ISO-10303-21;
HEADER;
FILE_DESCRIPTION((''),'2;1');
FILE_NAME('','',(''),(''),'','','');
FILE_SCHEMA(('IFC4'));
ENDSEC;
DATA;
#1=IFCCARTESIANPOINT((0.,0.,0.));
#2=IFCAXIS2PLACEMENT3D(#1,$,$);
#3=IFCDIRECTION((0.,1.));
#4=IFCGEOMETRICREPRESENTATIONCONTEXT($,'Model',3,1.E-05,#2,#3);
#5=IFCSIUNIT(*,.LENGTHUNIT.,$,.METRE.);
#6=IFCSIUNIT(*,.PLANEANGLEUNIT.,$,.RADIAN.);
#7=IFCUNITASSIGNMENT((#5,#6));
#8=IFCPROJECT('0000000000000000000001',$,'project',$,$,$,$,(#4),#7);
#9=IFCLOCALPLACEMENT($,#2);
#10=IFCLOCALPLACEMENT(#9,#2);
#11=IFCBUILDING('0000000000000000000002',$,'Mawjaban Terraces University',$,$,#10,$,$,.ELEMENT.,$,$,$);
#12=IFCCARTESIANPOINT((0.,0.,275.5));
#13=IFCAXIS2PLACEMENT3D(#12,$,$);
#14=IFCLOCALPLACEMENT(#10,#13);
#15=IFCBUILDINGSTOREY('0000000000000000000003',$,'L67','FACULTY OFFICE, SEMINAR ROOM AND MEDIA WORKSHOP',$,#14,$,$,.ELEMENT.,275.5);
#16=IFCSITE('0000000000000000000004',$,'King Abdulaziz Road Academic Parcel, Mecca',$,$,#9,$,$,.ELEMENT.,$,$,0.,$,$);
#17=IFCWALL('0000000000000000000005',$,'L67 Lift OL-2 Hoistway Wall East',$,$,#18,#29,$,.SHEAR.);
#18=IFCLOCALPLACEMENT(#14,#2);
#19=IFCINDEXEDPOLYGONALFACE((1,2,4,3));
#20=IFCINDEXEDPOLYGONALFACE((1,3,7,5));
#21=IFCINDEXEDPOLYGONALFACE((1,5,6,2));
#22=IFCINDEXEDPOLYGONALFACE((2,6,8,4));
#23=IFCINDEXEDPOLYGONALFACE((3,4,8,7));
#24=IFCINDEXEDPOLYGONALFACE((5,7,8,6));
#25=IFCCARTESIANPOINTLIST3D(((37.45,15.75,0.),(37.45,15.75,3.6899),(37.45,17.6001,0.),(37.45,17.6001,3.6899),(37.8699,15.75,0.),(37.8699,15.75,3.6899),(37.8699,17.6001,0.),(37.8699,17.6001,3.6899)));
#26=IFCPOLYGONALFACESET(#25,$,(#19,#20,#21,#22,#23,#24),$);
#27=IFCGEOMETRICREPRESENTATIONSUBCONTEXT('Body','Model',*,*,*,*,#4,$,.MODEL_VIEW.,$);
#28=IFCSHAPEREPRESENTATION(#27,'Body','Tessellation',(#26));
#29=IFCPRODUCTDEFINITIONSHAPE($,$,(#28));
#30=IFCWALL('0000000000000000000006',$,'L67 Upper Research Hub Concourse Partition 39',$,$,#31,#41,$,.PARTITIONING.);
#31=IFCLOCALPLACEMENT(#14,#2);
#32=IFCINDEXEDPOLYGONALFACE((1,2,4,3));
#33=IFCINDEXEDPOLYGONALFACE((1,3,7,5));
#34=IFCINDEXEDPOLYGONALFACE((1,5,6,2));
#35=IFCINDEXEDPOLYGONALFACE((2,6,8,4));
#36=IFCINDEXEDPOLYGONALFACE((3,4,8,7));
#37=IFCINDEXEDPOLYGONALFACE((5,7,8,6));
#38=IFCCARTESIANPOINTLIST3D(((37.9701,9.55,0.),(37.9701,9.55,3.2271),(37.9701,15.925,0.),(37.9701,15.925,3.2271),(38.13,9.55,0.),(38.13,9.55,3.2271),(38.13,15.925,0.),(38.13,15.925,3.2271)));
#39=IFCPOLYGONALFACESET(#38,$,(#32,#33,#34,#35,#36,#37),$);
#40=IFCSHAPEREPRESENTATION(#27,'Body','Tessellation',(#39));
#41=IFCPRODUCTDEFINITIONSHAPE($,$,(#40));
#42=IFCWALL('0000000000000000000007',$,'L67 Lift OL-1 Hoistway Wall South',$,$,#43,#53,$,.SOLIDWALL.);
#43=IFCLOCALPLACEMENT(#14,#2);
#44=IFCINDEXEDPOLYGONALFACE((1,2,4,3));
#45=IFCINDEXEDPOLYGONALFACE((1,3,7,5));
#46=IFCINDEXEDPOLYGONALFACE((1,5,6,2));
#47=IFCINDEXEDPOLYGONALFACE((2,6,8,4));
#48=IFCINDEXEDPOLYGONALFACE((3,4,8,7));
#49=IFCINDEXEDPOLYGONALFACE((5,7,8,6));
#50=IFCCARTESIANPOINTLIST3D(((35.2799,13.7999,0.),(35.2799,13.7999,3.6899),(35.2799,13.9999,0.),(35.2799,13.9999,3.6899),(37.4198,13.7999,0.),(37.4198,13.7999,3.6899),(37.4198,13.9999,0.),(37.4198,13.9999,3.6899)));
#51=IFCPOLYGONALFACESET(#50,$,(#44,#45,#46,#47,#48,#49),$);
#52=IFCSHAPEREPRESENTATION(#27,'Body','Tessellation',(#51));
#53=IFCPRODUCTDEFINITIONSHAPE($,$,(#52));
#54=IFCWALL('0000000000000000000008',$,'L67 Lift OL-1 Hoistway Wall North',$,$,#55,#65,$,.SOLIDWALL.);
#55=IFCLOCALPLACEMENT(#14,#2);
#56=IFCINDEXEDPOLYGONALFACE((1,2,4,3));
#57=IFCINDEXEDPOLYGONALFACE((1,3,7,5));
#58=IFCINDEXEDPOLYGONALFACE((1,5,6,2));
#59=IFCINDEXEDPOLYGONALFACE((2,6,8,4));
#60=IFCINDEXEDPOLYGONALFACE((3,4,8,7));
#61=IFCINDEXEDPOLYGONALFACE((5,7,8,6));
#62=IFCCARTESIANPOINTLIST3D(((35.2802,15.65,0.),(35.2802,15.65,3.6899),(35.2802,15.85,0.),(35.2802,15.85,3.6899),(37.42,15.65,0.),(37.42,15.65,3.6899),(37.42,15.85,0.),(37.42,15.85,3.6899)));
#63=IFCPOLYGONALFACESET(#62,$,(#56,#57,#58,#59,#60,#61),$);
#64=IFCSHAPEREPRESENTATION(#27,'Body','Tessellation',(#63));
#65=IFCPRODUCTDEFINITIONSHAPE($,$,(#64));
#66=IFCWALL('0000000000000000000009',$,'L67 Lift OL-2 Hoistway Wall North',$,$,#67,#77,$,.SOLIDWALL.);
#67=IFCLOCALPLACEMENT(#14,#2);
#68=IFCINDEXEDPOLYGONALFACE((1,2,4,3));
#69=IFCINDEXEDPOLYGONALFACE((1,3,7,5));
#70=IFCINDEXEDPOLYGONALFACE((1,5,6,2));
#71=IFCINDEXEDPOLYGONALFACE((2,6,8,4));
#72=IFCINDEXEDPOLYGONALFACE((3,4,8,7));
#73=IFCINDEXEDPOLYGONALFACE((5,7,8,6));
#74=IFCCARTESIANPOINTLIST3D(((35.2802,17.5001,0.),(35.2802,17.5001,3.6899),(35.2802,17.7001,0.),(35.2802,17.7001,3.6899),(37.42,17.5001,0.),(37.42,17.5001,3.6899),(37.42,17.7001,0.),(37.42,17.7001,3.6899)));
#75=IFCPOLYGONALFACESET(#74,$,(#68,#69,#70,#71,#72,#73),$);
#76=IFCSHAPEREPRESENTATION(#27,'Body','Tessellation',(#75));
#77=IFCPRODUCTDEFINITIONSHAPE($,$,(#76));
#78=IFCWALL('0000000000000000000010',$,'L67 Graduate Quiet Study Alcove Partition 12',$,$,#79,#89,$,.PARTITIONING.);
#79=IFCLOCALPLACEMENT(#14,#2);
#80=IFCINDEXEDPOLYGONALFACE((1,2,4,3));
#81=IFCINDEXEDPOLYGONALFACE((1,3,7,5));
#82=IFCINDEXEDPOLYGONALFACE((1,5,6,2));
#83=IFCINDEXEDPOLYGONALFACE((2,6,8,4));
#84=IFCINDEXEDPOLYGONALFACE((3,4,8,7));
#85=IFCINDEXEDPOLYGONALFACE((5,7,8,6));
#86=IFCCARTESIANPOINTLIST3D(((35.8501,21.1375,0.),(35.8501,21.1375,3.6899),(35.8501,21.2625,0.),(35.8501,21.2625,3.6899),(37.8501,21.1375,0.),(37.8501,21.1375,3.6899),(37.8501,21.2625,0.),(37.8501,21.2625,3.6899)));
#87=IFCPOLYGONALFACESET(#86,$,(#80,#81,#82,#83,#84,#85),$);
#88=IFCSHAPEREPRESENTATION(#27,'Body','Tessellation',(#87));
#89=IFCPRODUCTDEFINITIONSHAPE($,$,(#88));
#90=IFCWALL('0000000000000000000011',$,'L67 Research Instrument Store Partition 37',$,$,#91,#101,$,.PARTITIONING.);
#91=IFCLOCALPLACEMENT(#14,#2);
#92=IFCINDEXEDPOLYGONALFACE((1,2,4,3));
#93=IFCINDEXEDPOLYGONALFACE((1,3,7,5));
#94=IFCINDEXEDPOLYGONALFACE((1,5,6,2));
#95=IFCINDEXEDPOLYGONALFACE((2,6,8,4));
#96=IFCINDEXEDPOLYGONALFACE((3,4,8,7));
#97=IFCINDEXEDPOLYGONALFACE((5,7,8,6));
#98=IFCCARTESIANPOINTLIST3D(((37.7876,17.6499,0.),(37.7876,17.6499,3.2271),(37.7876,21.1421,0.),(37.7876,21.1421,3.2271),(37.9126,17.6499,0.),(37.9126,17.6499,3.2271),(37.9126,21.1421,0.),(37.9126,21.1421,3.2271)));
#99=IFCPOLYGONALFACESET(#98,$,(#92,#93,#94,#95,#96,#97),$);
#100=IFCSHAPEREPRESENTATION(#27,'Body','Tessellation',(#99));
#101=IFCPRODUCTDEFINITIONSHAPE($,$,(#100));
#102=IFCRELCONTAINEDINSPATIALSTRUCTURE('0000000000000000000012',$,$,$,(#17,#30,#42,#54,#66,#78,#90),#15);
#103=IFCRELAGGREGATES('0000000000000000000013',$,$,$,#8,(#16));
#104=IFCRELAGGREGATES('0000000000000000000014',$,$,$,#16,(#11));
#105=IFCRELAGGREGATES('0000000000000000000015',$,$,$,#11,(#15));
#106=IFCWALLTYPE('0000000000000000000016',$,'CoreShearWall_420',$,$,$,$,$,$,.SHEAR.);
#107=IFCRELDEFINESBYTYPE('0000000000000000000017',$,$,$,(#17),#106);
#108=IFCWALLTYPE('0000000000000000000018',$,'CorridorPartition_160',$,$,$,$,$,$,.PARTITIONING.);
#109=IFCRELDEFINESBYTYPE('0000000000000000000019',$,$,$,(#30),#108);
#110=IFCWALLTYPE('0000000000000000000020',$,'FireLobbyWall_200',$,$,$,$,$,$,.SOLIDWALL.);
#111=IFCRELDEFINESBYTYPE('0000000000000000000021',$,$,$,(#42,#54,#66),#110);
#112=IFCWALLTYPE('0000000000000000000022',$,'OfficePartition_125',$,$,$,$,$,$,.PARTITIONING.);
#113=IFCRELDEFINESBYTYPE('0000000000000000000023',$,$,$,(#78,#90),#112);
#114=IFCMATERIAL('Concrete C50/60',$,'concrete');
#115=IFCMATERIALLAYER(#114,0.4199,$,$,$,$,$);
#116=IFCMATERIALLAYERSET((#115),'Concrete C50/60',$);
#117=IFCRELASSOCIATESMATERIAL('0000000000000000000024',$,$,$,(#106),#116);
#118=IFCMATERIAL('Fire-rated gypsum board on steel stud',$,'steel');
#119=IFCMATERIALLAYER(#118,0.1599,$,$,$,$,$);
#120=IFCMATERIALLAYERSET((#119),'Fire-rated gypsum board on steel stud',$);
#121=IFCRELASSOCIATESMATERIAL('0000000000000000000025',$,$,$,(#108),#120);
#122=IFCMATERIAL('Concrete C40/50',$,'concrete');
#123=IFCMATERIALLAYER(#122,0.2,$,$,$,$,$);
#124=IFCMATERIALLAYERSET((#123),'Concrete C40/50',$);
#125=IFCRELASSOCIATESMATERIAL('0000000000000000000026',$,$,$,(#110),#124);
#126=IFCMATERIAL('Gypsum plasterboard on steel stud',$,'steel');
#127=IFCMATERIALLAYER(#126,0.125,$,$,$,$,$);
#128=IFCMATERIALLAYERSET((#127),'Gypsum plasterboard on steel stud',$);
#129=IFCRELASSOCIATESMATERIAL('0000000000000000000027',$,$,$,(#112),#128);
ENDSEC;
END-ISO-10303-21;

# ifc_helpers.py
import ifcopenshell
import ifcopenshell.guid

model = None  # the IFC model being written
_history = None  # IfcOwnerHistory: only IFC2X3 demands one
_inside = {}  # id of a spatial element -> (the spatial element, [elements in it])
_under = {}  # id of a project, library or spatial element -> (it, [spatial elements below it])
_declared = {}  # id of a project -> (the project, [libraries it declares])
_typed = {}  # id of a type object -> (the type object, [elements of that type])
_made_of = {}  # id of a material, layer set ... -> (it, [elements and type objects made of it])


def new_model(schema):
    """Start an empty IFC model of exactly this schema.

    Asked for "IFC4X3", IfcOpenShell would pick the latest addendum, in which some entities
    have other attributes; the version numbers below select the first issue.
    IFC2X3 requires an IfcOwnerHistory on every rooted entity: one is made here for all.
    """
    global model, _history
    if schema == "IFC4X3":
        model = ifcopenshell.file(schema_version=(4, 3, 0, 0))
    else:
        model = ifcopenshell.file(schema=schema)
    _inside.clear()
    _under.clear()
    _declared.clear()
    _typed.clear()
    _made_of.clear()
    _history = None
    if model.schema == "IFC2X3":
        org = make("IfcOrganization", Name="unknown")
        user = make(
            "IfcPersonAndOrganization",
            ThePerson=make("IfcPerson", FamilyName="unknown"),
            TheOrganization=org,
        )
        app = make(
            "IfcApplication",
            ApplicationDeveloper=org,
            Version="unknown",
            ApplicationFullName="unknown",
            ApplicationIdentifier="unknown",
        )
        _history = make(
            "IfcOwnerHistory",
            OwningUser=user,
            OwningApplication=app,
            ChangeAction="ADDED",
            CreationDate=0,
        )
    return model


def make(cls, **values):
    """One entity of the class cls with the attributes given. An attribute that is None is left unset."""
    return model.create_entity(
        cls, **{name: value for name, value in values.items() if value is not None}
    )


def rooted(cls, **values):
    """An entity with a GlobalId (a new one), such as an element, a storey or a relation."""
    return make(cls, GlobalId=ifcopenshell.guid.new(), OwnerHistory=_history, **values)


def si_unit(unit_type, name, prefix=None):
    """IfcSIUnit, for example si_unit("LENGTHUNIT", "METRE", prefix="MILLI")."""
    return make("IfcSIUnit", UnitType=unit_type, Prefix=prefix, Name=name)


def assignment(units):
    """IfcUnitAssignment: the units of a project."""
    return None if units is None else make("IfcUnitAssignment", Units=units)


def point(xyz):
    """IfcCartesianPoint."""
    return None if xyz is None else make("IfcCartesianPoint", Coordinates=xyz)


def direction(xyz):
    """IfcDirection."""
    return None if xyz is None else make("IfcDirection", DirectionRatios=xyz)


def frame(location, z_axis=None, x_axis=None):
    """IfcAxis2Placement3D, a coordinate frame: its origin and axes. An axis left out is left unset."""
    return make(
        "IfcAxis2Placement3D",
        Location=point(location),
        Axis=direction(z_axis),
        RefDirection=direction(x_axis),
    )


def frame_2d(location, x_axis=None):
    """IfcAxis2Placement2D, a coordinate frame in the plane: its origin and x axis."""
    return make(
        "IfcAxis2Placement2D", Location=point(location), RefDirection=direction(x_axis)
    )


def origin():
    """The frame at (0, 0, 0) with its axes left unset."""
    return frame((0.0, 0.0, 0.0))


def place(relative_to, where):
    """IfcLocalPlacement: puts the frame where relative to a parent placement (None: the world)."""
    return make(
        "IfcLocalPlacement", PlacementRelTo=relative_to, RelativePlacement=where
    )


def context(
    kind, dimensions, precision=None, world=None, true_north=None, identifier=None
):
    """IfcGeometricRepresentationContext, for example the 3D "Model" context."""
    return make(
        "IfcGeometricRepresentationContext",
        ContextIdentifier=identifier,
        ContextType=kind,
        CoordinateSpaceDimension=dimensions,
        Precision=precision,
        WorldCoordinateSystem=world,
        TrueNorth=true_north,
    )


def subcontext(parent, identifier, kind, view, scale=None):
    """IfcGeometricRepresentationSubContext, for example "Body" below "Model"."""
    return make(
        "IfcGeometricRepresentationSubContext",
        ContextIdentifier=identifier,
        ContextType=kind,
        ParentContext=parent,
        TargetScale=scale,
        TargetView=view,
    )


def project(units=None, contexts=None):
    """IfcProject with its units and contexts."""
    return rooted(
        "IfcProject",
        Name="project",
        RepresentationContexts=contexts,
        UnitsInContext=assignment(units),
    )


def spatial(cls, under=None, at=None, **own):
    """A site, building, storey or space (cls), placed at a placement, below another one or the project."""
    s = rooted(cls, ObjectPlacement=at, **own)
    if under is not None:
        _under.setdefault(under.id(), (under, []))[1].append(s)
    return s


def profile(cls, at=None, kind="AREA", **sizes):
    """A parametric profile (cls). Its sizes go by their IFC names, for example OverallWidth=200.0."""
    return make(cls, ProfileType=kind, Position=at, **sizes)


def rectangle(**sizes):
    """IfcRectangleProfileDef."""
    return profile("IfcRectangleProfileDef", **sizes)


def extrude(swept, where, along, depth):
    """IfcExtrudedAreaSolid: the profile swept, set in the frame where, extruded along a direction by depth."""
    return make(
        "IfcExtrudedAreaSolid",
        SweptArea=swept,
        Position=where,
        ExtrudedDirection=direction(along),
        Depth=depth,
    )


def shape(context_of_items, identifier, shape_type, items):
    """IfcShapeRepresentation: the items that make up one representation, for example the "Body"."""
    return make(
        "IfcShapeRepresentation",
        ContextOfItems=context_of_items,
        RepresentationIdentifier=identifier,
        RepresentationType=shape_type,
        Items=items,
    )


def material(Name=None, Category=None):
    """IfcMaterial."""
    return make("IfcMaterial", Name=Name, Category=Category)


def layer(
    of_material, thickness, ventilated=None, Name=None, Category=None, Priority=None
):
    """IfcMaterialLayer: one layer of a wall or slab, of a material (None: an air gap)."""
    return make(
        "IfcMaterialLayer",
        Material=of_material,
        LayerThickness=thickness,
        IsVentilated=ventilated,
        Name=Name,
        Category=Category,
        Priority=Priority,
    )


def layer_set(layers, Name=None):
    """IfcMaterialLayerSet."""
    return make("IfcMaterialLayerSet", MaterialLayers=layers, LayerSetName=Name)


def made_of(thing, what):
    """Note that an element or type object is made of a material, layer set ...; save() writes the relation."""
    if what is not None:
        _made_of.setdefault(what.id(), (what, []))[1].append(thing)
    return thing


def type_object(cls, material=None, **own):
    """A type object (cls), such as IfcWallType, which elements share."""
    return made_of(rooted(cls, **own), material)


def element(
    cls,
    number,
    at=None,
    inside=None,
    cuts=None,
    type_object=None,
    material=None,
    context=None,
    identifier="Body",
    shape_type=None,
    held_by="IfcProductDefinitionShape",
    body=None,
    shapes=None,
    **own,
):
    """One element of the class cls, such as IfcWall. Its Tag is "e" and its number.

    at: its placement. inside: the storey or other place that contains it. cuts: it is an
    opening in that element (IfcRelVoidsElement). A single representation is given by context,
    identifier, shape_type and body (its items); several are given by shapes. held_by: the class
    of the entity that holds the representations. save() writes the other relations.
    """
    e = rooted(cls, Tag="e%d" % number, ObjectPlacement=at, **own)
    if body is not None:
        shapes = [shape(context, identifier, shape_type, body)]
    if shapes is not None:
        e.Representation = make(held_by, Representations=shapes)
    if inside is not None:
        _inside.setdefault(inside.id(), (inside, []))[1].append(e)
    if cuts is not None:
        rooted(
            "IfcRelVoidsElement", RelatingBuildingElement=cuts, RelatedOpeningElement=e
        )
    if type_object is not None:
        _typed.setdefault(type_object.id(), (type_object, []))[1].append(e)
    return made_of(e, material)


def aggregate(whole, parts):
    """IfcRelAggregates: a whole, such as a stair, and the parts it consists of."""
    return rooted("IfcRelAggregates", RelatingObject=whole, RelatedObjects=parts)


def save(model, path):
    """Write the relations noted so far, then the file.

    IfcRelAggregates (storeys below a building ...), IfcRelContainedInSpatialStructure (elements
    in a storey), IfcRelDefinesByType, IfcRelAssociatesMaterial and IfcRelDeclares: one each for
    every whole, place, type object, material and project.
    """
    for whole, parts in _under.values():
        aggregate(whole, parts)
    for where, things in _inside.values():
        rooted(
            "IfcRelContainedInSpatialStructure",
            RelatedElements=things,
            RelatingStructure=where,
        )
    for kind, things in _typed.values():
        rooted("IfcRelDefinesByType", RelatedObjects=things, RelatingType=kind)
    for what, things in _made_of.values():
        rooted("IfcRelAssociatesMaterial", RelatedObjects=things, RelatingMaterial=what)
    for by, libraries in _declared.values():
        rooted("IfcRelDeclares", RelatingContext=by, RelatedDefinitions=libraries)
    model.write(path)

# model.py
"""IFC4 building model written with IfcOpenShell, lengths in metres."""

from ifc_helpers import new_model, si_unit, direction, frame, frame_2d, origin, place, context, subcontext, project, spatial, rectangle, extrude, material, layer, layer_set, type_object, element, save


model = new_model("IFC4")

# Units and contexts
model_context = context("Model", 3, precision=1e-05, world=origin(), true_north=direction((0.0, 1.0)))
body_context = subcontext(model_context, "Body", "Model", "MODEL_VIEW")
ifc_project = project(units=[si_unit("LENGTHUNIT", "METRE"), si_unit("PLANEANGLEUNIT", "RADIAN")], contexts=[model_context])

# Site, building, storey
site_placement = place(None, origin())
site = spatial("IfcSite", under=ifc_project, at=site_placement, Name="King Abdulaziz Road Academic Parcel, Mecca", CompositionType="ELEMENT", RefElevation=0.0)
building_placement = place(site_placement, origin())
building = spatial("IfcBuilding", under=site, at=building_placement, Name="Mawjaban Terraces University", CompositionType="ELEMENT")
storey_placement = place(building_placement, frame((0.0, 0.0, 275.5)))
storey = spatial("IfcBuildingStorey", under=building, at=storey_placement, Name="L67", Description="FACULTY OFFICE, SEMINAR ROOM AND MEDIA WORKSHOP", CompositionType="ELEMENT", Elevation=275.5)

# Shared definitions
ifc_material_1 = material(Name="Concrete C50/60", Category="concrete")

# Walls
ifc_layer_1 = layer(ifc_material_1, 0.4199)
ifc_layer_set_1 = layer_set([ifc_layer_1], Name="Concrete C50/60")
wall_type_1 = type_object("IfcWallType", Name="CoreShearWall_420", PredefinedType="SHEAR", material=ifc_layer_set_1)
for number, where, z_axis, x_axis, name in (
    (1, (37.6599, 15.75, 0.0), (0.0, 0.0, 1.0), (0.0, 1.0, 0.0), "L67 Lift OL-2 Hoistway Wall East"),
):
    element("IfcWall", number, at=place(storey_placement, frame(where, z_axis=z_axis, x_axis=x_axis)), inside=storey, type_object=wall_type_1, Name=name, PredefinedType="SHEAR", context=body_context, shape_type="SweptSolid", body=[
        extrude(rectangle(XDim=1.8501, YDim=0.4199, at=frame_2d((0.925, 0.0))), origin(), (0.0, 0.0, 1.0), 3.6899),
    ])
ifc_material_2 = material(Name="Fire-rated gypsum board on steel stud", Category="steel")
ifc_layer_2 = layer(ifc_material_2, 0.1599)
ifc_layer_set_2 = layer_set([ifc_layer_2], Name="Fire-rated gypsum board on steel stud")
wall_type_2 = type_object("IfcWallType", Name="CorridorPartition_160", PredefinedType="PARTITIONING", material=ifc_layer_set_2)
wall_1_placement = place(storey_placement, frame((38.05, 15.925, 0.0), z_axis=(0.0, 0.0, 1.0), x_axis=(0.0, -1.0, 0.0)))
element("IfcWall", 2, at=wall_1_placement, inside=storey, type_object=wall_type_2, Name="L67 Upper Research Hub Concourse Partition 39", PredefinedType="PARTITIONING", context=body_context, shape_type="SweptSolid", body=[
    extrude(rectangle(XDim=6.375, YDim=0.1599, at=frame_2d((3.1875, 0.0))), origin(), (0.0, 0.0, 1.0), 3.2271),
])
ifc_material_3 = material(Name="Concrete C40/50", Category="concrete")
ifc_layer_3 = layer(ifc_material_3, 0.2)
ifc_layer_set_3 = layer_set([ifc_layer_3], Name="Concrete C40/50")
wall_type_3 = type_object("IfcWallType", Name="FireLobbyWall_200", PredefinedType="SOLIDWALL", material=ifc_layer_set_3)
for number, where, z_axis, x_axis, name in (
    (3, (35.28, 13.8999, 0.0), (0.0, 0.0, 1.0), (1.0, 0.0, 0.0), "L67 Lift OL-1 Hoistway Wall South"),
    (4, (37.4199, 15.75, 0.0), (0.0, 0.0, 1.0), (-1.0, 0.0, 0.0), "L67 Lift OL-1 Hoistway Wall North"),
    (5, (37.4199, 17.6001, 0.0), (0.0, 0.0, 1.0), (-1.0, 0.0, 0.0), "L67 Lift OL-2 Hoistway Wall North"),
):
    element("IfcWall", number, at=place(storey_placement, frame(where, z_axis=z_axis, x_axis=x_axis)), inside=storey, type_object=wall_type_3, Name=name, PredefinedType="SOLIDWALL", context=body_context, shape_type="SweptSolid", body=[
        extrude(rectangle(XDim=2.1399, YDim=0.2, at=frame_2d((1.0698, 0.0))), origin(), (0.0, 0.0, 1.0), 3.6899),
    ])
ifc_material_4 = material(Name="Gypsum plasterboard on steel stud", Category="steel")
ifc_layer_4 = layer(ifc_material_4, 0.125)
ifc_layer_set_4 = layer_set([ifc_layer_4], Name="Gypsum plasterboard on steel stud")
wall_type_4 = type_object("IfcWallType", Name="OfficePartition_125", PredefinedType="PARTITIONING", material=ifc_layer_set_4)
wall_2_placement = place(storey_placement, frame((35.8501, 21.2, 0.0), z_axis=(0.0, 0.0, 1.0), x_axis=(1.0, 0.0, 0.0)))
element("IfcWall", 6, at=wall_2_placement, inside=storey, type_object=wall_type_4, Name="L67 Graduate Quiet Study Alcove Partition 12", PredefinedType="PARTITIONING", context=body_context, shape_type="SweptSolid", body=[
    extrude(rectangle(XDim=2.0, YDim=0.125, at=frame_2d((1.0, 0.0))), origin(), (0.0, 0.0, 1.0), 3.6899),
])
wall_3_placement = place(storey_placement, frame((37.8501, 17.6499, 0.0), z_axis=(0.0, 0.0, 1.0), x_axis=(0.0, 1.0, 0.0)))
element("IfcWall", 7, at=wall_3_placement, inside=storey, type_object=wall_type_4, Name="L67 Research Instrument Store Partition 37", PredefinedType="PARTITIONING", context=body_context, shape_type="SweptSolid", body=[
    extrude(rectangle(XDim=3.4922, YDim=0.125, at=frame_2d((1.7461, 0.0))), origin(), (0.0, 0.0, 1.0), 3.2271),
])

save(model, "model.ifc")
